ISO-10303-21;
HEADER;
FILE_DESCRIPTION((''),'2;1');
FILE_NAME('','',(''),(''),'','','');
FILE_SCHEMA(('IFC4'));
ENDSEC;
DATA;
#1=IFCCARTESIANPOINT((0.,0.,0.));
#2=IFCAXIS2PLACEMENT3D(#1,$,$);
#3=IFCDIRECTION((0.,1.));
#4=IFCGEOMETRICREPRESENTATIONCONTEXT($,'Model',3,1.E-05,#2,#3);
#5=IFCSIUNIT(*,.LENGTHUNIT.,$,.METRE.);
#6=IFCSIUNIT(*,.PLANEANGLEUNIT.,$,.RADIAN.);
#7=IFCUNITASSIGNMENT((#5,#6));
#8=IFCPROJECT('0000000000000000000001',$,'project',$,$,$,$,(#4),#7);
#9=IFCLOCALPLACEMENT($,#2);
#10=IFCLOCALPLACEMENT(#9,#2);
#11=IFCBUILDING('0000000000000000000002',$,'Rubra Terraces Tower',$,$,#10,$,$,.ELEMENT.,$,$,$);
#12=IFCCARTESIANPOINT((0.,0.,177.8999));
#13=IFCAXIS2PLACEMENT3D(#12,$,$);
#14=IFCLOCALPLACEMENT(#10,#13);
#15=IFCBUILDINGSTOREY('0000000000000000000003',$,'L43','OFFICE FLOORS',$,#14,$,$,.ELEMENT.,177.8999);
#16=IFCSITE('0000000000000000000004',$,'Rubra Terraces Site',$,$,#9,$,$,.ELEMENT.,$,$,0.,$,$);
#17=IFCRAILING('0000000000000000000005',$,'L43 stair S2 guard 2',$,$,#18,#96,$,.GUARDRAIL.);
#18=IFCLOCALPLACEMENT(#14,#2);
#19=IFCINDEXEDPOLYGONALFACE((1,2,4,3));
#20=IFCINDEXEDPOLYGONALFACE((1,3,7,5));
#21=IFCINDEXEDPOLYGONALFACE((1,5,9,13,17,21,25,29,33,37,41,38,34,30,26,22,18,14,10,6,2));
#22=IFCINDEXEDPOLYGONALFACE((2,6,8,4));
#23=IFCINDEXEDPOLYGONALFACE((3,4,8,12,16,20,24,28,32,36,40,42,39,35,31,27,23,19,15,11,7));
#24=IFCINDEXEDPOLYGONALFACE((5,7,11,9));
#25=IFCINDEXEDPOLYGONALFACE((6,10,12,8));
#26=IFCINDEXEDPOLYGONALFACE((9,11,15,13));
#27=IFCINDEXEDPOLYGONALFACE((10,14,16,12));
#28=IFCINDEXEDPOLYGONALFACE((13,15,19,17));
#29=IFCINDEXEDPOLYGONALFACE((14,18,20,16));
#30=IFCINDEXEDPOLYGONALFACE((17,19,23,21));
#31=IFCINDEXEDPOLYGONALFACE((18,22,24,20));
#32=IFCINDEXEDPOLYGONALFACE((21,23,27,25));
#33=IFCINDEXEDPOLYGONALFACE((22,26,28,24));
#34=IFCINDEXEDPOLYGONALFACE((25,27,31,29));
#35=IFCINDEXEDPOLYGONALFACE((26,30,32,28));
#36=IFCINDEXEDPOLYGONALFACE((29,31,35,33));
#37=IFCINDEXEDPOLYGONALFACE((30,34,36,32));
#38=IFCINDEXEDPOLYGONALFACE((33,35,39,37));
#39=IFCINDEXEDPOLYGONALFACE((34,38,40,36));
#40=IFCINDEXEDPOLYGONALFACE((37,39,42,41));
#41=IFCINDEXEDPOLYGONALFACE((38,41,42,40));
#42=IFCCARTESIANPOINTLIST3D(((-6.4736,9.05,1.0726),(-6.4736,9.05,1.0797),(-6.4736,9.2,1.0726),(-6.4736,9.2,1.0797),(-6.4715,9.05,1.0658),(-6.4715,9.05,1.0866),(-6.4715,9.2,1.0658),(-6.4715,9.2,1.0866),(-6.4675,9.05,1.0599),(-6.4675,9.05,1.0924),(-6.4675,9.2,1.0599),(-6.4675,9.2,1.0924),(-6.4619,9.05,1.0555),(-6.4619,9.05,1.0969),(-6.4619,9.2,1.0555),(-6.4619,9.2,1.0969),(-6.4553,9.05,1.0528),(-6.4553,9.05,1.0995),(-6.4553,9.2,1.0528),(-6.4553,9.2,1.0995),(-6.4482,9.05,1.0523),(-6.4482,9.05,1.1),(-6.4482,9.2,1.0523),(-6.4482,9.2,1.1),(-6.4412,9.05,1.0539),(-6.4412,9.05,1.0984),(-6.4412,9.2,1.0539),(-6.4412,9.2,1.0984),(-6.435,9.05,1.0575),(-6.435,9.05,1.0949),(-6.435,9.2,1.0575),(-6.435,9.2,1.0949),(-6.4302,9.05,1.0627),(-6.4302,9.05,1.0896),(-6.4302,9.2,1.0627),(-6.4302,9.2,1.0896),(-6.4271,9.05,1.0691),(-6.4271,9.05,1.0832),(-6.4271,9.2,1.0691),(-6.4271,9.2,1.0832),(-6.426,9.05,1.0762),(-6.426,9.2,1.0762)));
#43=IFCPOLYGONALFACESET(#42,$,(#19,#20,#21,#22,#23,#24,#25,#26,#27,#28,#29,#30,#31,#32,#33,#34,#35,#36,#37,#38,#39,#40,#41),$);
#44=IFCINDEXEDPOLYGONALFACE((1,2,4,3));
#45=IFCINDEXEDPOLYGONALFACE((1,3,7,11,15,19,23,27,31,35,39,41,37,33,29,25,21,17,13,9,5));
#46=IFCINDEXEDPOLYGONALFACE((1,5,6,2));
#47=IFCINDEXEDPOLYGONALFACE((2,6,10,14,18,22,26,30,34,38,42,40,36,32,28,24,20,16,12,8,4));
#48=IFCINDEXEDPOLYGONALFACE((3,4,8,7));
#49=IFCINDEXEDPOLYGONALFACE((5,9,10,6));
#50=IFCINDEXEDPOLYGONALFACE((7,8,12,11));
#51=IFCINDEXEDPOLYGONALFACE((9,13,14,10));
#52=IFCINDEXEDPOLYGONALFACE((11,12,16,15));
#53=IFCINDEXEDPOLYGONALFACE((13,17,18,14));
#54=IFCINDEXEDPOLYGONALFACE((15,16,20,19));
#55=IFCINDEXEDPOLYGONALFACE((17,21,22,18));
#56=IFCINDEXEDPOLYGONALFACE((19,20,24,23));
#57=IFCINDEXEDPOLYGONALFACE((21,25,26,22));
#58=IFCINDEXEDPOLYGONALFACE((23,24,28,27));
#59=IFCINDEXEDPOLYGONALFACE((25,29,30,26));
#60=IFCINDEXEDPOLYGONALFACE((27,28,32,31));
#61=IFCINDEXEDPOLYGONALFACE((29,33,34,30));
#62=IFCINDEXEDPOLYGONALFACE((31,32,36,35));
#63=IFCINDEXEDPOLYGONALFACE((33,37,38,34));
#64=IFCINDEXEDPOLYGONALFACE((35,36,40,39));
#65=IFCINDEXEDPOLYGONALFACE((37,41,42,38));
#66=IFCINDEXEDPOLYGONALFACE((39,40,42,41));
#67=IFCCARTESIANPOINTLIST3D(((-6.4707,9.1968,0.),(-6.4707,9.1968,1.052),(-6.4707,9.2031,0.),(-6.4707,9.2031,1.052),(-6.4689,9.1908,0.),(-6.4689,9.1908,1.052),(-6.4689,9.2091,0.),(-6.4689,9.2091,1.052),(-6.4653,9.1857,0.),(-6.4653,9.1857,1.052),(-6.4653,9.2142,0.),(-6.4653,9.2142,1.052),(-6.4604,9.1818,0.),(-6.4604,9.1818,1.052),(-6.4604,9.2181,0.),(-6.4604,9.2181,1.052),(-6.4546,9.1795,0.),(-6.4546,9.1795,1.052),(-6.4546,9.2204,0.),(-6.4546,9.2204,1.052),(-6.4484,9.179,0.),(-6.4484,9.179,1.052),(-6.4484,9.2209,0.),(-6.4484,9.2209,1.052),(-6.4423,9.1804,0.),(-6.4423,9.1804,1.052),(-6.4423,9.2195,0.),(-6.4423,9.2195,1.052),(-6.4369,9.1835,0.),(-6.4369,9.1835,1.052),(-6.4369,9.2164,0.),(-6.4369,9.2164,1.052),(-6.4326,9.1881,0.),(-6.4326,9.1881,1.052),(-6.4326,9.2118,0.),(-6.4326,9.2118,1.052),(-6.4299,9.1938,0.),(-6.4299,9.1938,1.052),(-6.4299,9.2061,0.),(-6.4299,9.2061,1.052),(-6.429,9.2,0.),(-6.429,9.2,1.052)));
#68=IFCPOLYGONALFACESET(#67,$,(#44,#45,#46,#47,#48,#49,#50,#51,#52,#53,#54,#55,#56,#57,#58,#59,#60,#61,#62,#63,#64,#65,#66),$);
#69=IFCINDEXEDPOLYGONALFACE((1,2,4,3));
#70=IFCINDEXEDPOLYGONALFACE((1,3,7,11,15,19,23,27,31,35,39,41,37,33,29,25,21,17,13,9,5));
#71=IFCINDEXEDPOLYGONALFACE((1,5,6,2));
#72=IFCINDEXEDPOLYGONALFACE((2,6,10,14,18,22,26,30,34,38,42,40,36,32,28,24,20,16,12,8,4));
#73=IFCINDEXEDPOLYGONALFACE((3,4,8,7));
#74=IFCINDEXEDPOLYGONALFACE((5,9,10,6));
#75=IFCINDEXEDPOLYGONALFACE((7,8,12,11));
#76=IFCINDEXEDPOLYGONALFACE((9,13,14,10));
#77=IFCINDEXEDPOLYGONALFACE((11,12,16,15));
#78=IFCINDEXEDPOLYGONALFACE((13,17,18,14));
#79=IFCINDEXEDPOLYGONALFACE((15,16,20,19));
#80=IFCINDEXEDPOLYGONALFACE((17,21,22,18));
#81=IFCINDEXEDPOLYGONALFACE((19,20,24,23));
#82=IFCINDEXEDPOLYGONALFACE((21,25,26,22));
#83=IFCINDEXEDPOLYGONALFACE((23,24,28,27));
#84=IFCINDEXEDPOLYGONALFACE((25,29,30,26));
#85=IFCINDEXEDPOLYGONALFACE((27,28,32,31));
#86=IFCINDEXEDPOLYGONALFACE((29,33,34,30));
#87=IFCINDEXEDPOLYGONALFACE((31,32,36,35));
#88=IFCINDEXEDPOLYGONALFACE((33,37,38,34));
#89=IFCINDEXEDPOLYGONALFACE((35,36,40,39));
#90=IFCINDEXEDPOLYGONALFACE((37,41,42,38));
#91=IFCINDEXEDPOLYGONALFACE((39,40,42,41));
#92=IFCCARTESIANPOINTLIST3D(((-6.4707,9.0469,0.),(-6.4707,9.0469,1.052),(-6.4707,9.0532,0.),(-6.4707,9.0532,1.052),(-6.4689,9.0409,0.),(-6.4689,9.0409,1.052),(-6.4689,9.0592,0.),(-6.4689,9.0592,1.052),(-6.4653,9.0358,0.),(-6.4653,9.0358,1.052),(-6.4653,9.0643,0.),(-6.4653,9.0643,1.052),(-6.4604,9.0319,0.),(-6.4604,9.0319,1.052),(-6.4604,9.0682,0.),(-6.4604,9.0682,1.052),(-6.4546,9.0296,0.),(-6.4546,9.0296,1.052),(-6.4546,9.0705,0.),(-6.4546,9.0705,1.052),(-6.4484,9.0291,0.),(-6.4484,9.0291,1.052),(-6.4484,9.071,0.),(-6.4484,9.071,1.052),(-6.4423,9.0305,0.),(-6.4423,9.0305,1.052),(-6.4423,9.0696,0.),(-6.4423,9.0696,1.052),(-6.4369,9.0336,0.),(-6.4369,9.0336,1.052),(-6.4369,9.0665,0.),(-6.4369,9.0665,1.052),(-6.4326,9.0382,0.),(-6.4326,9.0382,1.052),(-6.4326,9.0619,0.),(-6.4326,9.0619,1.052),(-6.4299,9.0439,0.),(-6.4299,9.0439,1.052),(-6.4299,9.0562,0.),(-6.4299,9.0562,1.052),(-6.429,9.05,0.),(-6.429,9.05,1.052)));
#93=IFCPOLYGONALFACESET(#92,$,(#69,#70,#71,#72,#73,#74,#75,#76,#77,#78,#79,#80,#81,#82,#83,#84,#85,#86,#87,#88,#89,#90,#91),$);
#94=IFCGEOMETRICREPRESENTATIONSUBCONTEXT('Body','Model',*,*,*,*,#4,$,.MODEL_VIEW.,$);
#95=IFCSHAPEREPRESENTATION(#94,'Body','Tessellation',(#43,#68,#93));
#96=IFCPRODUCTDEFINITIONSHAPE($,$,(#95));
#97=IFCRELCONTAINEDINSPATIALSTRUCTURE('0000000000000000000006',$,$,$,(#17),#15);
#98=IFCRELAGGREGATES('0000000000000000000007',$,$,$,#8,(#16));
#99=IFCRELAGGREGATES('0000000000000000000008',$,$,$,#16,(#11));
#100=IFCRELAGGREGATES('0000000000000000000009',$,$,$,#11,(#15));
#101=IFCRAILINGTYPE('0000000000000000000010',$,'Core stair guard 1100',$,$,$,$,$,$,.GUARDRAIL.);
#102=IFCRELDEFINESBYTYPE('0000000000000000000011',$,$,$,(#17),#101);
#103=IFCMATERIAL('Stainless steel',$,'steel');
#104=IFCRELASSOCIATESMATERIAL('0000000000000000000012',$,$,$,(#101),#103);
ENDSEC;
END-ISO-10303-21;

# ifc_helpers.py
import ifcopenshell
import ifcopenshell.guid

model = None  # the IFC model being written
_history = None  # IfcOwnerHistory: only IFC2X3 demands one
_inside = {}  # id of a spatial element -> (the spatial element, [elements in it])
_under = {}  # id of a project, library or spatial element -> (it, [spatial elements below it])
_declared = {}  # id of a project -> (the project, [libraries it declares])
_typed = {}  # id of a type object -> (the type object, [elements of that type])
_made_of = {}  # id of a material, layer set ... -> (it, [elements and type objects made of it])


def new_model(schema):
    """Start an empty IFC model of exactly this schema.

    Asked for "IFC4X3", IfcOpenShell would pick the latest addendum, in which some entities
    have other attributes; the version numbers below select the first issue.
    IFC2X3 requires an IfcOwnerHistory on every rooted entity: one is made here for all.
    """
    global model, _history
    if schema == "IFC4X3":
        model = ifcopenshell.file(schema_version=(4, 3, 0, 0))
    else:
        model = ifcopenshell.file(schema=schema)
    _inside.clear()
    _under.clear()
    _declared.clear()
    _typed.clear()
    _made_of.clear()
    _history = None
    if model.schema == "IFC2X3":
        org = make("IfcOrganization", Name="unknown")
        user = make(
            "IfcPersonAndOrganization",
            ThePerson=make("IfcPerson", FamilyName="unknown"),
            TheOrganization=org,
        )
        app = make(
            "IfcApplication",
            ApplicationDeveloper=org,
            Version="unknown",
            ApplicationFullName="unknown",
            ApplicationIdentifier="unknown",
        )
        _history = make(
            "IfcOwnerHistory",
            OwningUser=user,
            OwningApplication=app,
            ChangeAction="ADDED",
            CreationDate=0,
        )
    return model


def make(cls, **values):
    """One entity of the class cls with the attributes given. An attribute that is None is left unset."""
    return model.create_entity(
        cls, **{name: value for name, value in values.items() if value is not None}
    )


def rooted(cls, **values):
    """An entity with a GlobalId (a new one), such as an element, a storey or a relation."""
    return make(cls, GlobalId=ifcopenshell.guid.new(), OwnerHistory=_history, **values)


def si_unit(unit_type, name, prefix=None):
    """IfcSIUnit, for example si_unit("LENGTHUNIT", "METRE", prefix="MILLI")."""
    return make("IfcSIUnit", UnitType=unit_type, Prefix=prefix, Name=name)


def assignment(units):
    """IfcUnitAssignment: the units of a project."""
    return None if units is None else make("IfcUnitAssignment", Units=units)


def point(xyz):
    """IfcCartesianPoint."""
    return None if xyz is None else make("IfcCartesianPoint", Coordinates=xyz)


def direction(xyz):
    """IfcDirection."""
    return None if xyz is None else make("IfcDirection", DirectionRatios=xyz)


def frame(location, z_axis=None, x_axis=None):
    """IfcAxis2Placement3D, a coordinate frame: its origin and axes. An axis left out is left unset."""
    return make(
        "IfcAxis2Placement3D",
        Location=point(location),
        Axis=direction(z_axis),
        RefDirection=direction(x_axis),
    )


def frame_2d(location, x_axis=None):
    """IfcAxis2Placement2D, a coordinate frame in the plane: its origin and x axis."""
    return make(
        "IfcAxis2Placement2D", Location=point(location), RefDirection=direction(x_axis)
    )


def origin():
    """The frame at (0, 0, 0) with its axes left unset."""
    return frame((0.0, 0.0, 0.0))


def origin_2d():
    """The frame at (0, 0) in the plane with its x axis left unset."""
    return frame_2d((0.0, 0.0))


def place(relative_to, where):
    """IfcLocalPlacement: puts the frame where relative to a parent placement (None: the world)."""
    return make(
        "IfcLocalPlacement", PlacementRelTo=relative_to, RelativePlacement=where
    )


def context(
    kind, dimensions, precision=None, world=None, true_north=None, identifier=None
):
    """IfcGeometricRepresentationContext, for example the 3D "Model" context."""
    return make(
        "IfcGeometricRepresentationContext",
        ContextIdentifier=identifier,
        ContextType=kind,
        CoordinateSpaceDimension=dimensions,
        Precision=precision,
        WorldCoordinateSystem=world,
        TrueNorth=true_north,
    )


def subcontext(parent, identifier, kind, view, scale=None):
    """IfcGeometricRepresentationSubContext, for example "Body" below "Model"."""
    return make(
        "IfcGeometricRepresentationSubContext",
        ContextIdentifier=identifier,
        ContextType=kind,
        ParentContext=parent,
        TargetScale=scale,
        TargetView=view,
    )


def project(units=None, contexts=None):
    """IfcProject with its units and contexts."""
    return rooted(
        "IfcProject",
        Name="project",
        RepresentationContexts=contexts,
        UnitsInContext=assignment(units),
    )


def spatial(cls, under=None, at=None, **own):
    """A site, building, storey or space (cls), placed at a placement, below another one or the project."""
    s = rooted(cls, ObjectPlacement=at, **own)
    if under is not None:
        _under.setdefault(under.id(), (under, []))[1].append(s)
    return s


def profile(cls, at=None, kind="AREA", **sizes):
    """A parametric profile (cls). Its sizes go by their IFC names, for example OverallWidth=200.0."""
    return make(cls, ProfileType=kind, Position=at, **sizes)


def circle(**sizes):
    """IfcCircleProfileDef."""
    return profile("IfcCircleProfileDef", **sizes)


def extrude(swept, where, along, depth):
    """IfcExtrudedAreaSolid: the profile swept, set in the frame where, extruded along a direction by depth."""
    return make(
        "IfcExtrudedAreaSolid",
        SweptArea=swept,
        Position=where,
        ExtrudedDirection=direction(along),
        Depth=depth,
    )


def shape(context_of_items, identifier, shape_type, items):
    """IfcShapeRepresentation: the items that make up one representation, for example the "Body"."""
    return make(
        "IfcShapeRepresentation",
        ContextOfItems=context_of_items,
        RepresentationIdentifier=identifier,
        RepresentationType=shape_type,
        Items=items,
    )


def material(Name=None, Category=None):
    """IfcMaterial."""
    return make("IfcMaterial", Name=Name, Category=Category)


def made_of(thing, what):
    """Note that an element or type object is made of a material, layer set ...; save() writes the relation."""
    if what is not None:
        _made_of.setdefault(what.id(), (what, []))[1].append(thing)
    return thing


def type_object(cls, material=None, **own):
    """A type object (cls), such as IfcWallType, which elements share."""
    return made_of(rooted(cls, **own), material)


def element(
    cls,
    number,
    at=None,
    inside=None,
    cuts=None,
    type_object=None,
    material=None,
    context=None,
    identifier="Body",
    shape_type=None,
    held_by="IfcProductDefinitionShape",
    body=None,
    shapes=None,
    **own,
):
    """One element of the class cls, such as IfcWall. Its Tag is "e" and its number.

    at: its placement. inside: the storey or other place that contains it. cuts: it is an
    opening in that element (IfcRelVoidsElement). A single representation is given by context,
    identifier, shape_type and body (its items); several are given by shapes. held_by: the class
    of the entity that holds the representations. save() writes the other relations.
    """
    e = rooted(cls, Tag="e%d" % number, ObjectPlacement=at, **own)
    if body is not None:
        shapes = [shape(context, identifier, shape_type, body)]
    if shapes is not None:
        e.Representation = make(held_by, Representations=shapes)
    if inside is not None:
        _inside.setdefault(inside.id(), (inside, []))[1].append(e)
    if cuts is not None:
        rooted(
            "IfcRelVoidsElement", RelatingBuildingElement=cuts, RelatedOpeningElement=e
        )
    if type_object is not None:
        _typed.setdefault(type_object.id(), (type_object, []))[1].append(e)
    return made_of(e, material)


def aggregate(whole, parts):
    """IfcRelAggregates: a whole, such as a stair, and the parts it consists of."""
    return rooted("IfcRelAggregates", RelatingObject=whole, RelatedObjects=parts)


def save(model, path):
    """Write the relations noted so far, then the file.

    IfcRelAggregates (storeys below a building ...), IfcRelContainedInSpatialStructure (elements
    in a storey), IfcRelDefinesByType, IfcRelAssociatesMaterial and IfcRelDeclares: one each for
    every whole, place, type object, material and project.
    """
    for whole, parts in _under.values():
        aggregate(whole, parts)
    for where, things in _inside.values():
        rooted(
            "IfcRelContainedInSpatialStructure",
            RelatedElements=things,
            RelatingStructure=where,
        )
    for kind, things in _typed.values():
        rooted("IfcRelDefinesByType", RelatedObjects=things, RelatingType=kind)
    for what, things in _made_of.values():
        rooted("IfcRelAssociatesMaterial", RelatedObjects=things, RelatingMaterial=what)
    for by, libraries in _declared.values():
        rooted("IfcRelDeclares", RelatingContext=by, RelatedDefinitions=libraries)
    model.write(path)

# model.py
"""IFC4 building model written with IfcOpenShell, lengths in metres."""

from ifc_helpers import new_model, si_unit, direction, frame, origin, origin_2d, place, context, subcontext, project, spatial, circle, extrude, material, type_object, element, save


model = new_model("IFC4")

# Units and contexts
model_context = context("Model", 3, precision=1e-05, world=origin(), true_north=direction((0.0, 1.0)))
body_context = subcontext(model_context, "Body", "Model", "MODEL_VIEW")
ifc_project = project(units=[si_unit("LENGTHUNIT", "METRE"), si_unit("PLANEANGLEUNIT", "RADIAN")], contexts=[model_context])

# Site, building, storey
site_placement = place(None, origin())
site = spatial("IfcSite", under=ifc_project, at=site_placement, Name="Rubra Terraces Site", CompositionType="ELEMENT", RefElevation=0.0)
building_placement = place(site_placement, origin())
building = spatial("IfcBuilding", under=site, at=building_placement, Name="Rubra Terraces Tower", CompositionType="ELEMENT")
storey_placement = place(building_placement, frame((0.0, 0.0, 177.8999)))
storey = spatial("IfcBuildingStorey", under=building, at=storey_placement, Name="L43", Description="OFFICE FLOORS", CompositionType="ELEMENT", Elevation=177.8999)

# Shared definitions
ifc_material_1 = material(Name="Stainless steel", Category="steel")

# Railing
railing_type = type_object("IfcRailingType", Name="Core stair guard 1100", PredefinedType="GUARDRAIL", material=ifc_material_1)
railing_placement = place(storey_placement, frame((-6.45, 9.2, 0.0)))
element("IfcRailing", 1, at=railing_placement, inside=storey, type_object=railing_type, Name="L43 stair S2 guard 2", PredefinedType="GUARDRAIL", context=body_context, shape_type="SweptSolid", body=[
    extrude(circle(Radius=0.0239, at=origin_2d()), frame((0.0, 0.0, 1.0762), z_axis=(0.0, -1.0, 0.0), x_axis=(1.0, 0.0, 0.0)), (0.0, 0.0, 1.0), 0.1499),
    extrude(circle(Radius=0.021, at=origin_2d()), origin(), (0.0, 0.0, 1.0), 1.052),
    extrude(circle(Radius=0.021, at=origin_2d()), frame((0.0, -0.1499, 0.0)), (0.0, 0.0, 1.0), 1.052),
])

save(model, "model.ifc")
